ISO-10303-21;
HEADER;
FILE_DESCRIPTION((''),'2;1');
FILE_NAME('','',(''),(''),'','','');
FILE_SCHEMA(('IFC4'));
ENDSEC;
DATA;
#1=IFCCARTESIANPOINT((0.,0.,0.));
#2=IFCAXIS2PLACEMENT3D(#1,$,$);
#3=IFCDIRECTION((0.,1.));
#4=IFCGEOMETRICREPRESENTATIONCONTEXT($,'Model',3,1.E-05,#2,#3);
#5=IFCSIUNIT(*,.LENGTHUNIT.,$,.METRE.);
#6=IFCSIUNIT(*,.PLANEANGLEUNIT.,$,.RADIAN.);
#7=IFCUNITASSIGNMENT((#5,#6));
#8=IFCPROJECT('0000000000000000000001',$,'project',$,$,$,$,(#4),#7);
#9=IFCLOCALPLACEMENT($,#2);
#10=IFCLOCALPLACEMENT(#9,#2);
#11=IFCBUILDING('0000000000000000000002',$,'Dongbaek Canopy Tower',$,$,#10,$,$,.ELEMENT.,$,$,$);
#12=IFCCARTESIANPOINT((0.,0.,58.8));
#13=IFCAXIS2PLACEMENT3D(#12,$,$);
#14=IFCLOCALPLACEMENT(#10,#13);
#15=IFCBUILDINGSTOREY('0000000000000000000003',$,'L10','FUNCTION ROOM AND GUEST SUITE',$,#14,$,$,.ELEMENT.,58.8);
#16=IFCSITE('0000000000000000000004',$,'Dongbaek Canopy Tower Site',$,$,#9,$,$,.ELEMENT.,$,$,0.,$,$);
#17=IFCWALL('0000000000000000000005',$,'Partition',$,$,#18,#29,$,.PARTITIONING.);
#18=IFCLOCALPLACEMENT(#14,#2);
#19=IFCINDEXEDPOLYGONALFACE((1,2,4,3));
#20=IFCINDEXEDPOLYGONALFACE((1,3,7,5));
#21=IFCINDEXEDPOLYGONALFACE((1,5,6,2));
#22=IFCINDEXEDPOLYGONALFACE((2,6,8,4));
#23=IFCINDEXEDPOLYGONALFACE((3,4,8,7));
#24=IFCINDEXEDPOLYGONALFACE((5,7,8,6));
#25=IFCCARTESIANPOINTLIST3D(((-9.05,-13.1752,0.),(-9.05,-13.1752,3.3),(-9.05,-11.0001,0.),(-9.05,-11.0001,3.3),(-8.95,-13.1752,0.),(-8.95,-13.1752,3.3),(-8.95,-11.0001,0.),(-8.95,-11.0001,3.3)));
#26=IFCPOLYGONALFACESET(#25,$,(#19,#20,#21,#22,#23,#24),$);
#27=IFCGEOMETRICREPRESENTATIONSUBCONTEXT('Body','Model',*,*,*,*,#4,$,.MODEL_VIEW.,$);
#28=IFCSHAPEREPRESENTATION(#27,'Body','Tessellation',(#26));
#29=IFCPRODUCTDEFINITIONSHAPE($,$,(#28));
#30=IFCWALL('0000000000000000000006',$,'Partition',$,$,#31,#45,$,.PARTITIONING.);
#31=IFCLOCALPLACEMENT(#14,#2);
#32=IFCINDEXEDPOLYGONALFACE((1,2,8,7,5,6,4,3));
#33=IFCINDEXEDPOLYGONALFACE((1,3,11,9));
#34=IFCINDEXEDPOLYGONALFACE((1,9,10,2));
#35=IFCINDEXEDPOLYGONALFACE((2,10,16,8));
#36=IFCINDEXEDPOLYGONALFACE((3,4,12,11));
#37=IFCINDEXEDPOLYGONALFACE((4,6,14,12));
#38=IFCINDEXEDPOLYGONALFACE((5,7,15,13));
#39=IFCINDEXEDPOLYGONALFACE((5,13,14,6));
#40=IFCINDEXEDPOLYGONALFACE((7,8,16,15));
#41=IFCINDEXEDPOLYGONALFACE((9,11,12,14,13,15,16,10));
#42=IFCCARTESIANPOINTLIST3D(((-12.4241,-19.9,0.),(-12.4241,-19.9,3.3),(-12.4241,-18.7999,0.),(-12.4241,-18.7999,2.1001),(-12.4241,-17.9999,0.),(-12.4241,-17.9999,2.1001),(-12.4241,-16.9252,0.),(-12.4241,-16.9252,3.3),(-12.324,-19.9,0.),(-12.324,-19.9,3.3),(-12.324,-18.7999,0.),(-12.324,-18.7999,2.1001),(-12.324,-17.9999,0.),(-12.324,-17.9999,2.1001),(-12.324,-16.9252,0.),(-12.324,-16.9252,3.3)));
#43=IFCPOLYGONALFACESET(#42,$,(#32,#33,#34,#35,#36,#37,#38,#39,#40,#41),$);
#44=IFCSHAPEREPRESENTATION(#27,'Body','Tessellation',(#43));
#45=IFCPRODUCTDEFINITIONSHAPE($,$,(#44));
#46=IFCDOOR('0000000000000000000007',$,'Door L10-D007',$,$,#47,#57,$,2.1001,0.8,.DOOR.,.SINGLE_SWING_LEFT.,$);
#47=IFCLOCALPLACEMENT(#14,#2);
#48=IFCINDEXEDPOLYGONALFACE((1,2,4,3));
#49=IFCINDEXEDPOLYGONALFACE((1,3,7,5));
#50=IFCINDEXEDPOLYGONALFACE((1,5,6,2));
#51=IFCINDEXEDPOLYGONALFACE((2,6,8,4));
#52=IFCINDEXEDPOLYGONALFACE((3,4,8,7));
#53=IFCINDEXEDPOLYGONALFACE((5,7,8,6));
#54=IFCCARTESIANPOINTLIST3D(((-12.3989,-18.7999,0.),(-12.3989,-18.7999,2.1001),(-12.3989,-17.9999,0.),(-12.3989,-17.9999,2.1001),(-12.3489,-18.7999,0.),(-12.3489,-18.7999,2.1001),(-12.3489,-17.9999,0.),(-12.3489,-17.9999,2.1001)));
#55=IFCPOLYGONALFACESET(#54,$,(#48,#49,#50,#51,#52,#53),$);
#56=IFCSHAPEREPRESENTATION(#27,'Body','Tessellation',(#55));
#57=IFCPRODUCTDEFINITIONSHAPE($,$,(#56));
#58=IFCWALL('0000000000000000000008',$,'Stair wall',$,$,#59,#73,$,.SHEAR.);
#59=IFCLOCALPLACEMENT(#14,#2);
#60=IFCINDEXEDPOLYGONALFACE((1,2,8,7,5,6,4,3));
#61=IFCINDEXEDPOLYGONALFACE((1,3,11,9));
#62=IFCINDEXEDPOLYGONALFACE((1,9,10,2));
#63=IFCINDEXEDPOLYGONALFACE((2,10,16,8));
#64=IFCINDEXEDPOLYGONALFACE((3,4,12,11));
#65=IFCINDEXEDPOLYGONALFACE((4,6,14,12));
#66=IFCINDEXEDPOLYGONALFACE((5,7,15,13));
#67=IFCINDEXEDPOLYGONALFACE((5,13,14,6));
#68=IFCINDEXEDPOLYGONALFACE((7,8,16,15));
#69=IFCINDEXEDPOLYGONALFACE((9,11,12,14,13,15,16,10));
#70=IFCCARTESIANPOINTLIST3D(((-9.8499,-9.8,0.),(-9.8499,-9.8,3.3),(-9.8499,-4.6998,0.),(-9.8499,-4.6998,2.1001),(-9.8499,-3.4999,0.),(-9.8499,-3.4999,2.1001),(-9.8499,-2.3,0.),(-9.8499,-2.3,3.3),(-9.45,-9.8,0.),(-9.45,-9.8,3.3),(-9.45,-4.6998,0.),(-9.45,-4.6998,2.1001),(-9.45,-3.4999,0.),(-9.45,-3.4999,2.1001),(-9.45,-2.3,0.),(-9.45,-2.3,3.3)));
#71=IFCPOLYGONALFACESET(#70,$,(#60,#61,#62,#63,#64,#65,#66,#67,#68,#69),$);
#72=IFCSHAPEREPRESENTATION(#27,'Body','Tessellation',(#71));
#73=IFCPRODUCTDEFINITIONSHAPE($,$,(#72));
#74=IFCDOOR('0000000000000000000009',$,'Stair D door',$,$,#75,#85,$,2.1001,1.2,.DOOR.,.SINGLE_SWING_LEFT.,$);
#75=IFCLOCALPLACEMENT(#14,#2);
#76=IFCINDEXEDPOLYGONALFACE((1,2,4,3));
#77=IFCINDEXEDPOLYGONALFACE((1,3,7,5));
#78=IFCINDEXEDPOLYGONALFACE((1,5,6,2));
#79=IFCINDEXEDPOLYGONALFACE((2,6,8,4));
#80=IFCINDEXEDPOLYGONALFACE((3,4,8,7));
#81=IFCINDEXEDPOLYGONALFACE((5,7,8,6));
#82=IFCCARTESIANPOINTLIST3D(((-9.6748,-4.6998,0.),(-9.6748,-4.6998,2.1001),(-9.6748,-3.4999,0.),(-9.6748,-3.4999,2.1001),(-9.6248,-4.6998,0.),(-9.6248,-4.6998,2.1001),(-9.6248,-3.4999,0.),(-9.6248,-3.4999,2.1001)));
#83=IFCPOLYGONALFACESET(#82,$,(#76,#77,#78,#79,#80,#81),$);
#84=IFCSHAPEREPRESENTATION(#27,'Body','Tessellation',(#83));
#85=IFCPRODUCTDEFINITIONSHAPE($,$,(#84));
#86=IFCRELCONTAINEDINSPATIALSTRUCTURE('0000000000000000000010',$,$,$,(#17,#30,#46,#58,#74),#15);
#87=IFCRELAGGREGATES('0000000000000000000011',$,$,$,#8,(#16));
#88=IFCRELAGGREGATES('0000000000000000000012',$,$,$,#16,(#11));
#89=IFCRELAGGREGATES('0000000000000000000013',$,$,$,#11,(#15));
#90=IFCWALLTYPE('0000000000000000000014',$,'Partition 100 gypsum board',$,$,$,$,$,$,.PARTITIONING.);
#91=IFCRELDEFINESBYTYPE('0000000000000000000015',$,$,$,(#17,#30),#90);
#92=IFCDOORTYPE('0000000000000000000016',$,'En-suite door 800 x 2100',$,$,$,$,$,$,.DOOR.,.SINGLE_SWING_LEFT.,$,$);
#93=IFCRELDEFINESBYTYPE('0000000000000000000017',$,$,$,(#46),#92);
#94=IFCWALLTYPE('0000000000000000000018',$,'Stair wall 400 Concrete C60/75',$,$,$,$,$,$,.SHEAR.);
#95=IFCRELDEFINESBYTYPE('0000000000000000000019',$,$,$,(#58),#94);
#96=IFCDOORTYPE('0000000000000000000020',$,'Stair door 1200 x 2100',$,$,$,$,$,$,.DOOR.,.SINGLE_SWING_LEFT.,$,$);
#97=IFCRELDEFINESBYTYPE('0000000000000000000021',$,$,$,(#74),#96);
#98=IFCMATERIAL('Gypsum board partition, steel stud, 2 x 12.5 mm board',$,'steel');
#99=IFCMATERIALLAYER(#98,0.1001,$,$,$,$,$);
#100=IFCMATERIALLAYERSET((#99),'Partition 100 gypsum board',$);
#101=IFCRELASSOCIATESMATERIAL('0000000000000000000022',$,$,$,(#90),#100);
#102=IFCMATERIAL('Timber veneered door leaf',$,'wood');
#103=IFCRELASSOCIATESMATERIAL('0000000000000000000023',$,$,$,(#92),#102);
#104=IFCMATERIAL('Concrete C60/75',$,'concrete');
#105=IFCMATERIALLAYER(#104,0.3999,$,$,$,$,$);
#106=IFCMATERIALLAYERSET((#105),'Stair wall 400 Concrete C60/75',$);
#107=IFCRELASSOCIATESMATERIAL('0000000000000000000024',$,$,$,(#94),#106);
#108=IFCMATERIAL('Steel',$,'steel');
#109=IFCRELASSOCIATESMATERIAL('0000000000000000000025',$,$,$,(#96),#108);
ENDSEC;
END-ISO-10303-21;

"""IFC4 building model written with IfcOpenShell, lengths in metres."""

from ifc_helpers import new_model, si_unit, direction, frame, frame_2d, origin, place, context, subcontext, project, spatial, rectangle, extrude, material, layer, layer_set, type_object, element, fill, save


model = new_model("IFC4")

# Units and contexts
model_context = context("Model", 3, precision=1e-05, world=origin(), true_north=direction((0.0, 1.0)))
body_context = subcontext(model_context, "Body", "Model", "MODEL_VIEW")
ifc_project = project(units=[si_unit("LENGTHUNIT", "METRE"), si_unit("PLANEANGLEUNIT", "RADIAN")], contexts=[model_context])

# Site, building, storey
site_placement = place(None, origin())
site = spatial("IfcSite", under=ifc_project, at=site_placement, Name="Dongbaek Canopy Tower Site", CompositionType="ELEMENT", RefElevation=0.0)
building_placement = place(site_placement, origin())
building = spatial("IfcBuilding", under=site, at=building_placement, Name="Dongbaek Canopy Tower", CompositionType="ELEMENT")
storey_placement = place(building_placement, frame((0.0, 0.0, 58.8)))
storey = spatial("IfcBuildingStorey", under=building, at=storey_placement, Name="L10", Description="FUNCTION ROOM AND GUEST SUITE", CompositionType="ELEMENT", Elevation=58.8)

# Wall
ifc_material_1 = material(Name="Gypsum board partition, steel stud, 2 x 12.5 mm board", Category="steel")
ifc_layer_1 = layer(ifc_material_1, 0.1001)
ifc_layer_set_1 = layer_set([ifc_layer_1], Name="Partition 100 gypsum board")
wall_type_1 = type_object("IfcWallType", Name="Partition 100 gypsum board", PredefinedType="PARTITIONING", material=ifc_layer_set_1)
wall_1_placement = place(storey_placement, frame((-9.0, -13.175, 0.0), z_axis=(0.0, 0.0, 1.0), x_axis=(0.0, 1.0, 0.0)))
element("IfcWall", 1, at=wall_1_placement, inside=storey, type_object=wall_type_1, Name="Partition", PredefinedType="PARTITIONING", context=body_context, shape_type="SweptSolid", body=[
    extrude(rectangle(XDim=2.175, YDim=0.1001, at=frame_2d((1.0874, 0.0))), origin(), (0.0, 0.0, 1.0), 3.3),
])

# Walls, openings, doors
wall_2_placement = place(storey_placement, frame((-12.374, -19.8999, 0.0), z_axis=(0.0, 0.0, 1.0), x_axis=(0.0, 1.0, 0.0)))
wall_2 = element("IfcWall", 2, at=wall_2_placement, inside=storey, type_object=wall_type_1, Name="Partition", PredefinedType="PARTITIONING", context=body_context, shape_type="SweptSolid", body=[
    extrude(rectangle(XDim=2.9749, YDim=0.1001, at=frame_2d((1.4873, 0.0))), origin(), (0.0, 0.0, 1.0), 3.3),
])
opening_1_placement = place(wall_2_placement, frame((1.1001, 0.0, 0.0)))
opening_1 = element("IfcOpeningElement", 3, at=opening_1_placement, cuts=wall_2, PredefinedType="OPENING", context=body_context, shape_type="SweptSolid", body=[
    extrude(rectangle(XDim=0.8, YDim=2.1001, at=frame_2d((0.3999, 1.05))), frame((0.0, 0.0601, 0.0), z_axis=(0.0, -1.0, 0.0), x_axis=(1.0, 0.0, 0.0)), (0.0, 0.0, 1.0), 0.1201),
])
ifc_material_2 = material(Name="Timber veneered door leaf", Category="wood")
door_type_1 = type_object("IfcDoorType", Name="En-suite door 800 x 2100", OperationType="SINGLE_SWING_LEFT", PredefinedType="DOOR", material=ifc_material_2)
door_1_placement = place(opening_1_placement, origin())
door_1 = element("IfcDoor", 4, at=door_1_placement, inside=storey, type_object=door_type_1, Name="Door L10-D007", OperationType="SINGLE_SWING_LEFT", OverallHeight=2.1001, OverallWidth=0.8, PredefinedType="DOOR", context=body_context, shape_type="SweptSolid", body=[
    extrude(rectangle(XDim=0.8, YDim=2.1001, at=frame_2d((0.3999, 1.05))), frame((0.0, 0.0249, 0.0), z_axis=(0.0, -1.0, 0.0), x_axis=(1.0, 0.0, 0.0)), (0.0, 0.0, 1.0), 0.05),
])
fill(opening_1, door_1)
ifc_material_3 = material(Name="Concrete C60/75", Category="concrete")
ifc_layer_2 = layer(ifc_material_3, 0.3999)
ifc_layer_set_2 = layer_set([ifc_layer_2], Name="Stair wall 400 Concrete C60/75")
wall_type_2 = type_object("IfcWallType", Name="Stair wall 400 Concrete C60/75", PredefinedType="SHEAR", material=ifc_layer_set_2)
wall_3_placement = place(storey_placement, frame((-9.6499, -9.8, 0.0), z_axis=(0.0, 0.0, 1.0), x_axis=(0.0, 1.0, 0.0)))
wall_3 = element("IfcWall", 5, at=wall_3_placement, inside=storey, type_object=wall_type_2, Name="Stair wall", PredefinedType="SHEAR", context=body_context, shape_type="SweptSolid", body=[
    extrude(rectangle(XDim=7.5, YDim=0.3999, at=frame_2d((3.75, 0.0))), origin(), (0.0, 0.0, 1.0), 3.3),
])
opening_2_placement = place(wall_3_placement, frame((5.1001, 0.0, 0.0)))
opening_2 = element("IfcOpeningElement", 6, at=opening_2_placement, cuts=wall_3, PredefinedType="OPENING", context=body_context, shape_type="SweptSolid", body=[
    extrude(rectangle(XDim=1.2, YDim=2.1001, at=frame_2d((0.6001, 1.05))), frame((0.0, 0.21, 0.0), z_axis=(0.0, -1.0, 0.0), x_axis=(1.0, 0.0, 0.0)), (0.0, 0.0, 1.0), 0.4199),
])
ifc_material_4 = material(Name="Steel", Category="steel")
door_type_2 = type_object("IfcDoorType", Name="Stair door 1200 x 2100", OperationType="SINGLE_SWING_LEFT", PredefinedType="DOOR", material=ifc_material_4)
door_2_placement = place(opening_2_placement, origin())
door_2 = element("IfcDoor", 7, at=door_2_placement, inside=storey, type_object=door_type_2, Name="Stair D door", OperationType="SINGLE_SWING_LEFT", OverallHeight=2.1001, OverallWidth=1.2, PredefinedType="DOOR", context=body_context, shape_type="SweptSolid", body=[
    extrude(rectangle(XDim=1.2, YDim=2.1001, at=frame_2d((0.6001, 1.05))), frame((0.0, 0.0249, 0.0), z_axis=(0.0, -1.0, 0.0), x_axis=(1.0, 0.0, 0.0)), (0.0, 0.0, 1.0), 0.05),
])
fill(opening_2, door_2)

save(model, "model.ifc")
